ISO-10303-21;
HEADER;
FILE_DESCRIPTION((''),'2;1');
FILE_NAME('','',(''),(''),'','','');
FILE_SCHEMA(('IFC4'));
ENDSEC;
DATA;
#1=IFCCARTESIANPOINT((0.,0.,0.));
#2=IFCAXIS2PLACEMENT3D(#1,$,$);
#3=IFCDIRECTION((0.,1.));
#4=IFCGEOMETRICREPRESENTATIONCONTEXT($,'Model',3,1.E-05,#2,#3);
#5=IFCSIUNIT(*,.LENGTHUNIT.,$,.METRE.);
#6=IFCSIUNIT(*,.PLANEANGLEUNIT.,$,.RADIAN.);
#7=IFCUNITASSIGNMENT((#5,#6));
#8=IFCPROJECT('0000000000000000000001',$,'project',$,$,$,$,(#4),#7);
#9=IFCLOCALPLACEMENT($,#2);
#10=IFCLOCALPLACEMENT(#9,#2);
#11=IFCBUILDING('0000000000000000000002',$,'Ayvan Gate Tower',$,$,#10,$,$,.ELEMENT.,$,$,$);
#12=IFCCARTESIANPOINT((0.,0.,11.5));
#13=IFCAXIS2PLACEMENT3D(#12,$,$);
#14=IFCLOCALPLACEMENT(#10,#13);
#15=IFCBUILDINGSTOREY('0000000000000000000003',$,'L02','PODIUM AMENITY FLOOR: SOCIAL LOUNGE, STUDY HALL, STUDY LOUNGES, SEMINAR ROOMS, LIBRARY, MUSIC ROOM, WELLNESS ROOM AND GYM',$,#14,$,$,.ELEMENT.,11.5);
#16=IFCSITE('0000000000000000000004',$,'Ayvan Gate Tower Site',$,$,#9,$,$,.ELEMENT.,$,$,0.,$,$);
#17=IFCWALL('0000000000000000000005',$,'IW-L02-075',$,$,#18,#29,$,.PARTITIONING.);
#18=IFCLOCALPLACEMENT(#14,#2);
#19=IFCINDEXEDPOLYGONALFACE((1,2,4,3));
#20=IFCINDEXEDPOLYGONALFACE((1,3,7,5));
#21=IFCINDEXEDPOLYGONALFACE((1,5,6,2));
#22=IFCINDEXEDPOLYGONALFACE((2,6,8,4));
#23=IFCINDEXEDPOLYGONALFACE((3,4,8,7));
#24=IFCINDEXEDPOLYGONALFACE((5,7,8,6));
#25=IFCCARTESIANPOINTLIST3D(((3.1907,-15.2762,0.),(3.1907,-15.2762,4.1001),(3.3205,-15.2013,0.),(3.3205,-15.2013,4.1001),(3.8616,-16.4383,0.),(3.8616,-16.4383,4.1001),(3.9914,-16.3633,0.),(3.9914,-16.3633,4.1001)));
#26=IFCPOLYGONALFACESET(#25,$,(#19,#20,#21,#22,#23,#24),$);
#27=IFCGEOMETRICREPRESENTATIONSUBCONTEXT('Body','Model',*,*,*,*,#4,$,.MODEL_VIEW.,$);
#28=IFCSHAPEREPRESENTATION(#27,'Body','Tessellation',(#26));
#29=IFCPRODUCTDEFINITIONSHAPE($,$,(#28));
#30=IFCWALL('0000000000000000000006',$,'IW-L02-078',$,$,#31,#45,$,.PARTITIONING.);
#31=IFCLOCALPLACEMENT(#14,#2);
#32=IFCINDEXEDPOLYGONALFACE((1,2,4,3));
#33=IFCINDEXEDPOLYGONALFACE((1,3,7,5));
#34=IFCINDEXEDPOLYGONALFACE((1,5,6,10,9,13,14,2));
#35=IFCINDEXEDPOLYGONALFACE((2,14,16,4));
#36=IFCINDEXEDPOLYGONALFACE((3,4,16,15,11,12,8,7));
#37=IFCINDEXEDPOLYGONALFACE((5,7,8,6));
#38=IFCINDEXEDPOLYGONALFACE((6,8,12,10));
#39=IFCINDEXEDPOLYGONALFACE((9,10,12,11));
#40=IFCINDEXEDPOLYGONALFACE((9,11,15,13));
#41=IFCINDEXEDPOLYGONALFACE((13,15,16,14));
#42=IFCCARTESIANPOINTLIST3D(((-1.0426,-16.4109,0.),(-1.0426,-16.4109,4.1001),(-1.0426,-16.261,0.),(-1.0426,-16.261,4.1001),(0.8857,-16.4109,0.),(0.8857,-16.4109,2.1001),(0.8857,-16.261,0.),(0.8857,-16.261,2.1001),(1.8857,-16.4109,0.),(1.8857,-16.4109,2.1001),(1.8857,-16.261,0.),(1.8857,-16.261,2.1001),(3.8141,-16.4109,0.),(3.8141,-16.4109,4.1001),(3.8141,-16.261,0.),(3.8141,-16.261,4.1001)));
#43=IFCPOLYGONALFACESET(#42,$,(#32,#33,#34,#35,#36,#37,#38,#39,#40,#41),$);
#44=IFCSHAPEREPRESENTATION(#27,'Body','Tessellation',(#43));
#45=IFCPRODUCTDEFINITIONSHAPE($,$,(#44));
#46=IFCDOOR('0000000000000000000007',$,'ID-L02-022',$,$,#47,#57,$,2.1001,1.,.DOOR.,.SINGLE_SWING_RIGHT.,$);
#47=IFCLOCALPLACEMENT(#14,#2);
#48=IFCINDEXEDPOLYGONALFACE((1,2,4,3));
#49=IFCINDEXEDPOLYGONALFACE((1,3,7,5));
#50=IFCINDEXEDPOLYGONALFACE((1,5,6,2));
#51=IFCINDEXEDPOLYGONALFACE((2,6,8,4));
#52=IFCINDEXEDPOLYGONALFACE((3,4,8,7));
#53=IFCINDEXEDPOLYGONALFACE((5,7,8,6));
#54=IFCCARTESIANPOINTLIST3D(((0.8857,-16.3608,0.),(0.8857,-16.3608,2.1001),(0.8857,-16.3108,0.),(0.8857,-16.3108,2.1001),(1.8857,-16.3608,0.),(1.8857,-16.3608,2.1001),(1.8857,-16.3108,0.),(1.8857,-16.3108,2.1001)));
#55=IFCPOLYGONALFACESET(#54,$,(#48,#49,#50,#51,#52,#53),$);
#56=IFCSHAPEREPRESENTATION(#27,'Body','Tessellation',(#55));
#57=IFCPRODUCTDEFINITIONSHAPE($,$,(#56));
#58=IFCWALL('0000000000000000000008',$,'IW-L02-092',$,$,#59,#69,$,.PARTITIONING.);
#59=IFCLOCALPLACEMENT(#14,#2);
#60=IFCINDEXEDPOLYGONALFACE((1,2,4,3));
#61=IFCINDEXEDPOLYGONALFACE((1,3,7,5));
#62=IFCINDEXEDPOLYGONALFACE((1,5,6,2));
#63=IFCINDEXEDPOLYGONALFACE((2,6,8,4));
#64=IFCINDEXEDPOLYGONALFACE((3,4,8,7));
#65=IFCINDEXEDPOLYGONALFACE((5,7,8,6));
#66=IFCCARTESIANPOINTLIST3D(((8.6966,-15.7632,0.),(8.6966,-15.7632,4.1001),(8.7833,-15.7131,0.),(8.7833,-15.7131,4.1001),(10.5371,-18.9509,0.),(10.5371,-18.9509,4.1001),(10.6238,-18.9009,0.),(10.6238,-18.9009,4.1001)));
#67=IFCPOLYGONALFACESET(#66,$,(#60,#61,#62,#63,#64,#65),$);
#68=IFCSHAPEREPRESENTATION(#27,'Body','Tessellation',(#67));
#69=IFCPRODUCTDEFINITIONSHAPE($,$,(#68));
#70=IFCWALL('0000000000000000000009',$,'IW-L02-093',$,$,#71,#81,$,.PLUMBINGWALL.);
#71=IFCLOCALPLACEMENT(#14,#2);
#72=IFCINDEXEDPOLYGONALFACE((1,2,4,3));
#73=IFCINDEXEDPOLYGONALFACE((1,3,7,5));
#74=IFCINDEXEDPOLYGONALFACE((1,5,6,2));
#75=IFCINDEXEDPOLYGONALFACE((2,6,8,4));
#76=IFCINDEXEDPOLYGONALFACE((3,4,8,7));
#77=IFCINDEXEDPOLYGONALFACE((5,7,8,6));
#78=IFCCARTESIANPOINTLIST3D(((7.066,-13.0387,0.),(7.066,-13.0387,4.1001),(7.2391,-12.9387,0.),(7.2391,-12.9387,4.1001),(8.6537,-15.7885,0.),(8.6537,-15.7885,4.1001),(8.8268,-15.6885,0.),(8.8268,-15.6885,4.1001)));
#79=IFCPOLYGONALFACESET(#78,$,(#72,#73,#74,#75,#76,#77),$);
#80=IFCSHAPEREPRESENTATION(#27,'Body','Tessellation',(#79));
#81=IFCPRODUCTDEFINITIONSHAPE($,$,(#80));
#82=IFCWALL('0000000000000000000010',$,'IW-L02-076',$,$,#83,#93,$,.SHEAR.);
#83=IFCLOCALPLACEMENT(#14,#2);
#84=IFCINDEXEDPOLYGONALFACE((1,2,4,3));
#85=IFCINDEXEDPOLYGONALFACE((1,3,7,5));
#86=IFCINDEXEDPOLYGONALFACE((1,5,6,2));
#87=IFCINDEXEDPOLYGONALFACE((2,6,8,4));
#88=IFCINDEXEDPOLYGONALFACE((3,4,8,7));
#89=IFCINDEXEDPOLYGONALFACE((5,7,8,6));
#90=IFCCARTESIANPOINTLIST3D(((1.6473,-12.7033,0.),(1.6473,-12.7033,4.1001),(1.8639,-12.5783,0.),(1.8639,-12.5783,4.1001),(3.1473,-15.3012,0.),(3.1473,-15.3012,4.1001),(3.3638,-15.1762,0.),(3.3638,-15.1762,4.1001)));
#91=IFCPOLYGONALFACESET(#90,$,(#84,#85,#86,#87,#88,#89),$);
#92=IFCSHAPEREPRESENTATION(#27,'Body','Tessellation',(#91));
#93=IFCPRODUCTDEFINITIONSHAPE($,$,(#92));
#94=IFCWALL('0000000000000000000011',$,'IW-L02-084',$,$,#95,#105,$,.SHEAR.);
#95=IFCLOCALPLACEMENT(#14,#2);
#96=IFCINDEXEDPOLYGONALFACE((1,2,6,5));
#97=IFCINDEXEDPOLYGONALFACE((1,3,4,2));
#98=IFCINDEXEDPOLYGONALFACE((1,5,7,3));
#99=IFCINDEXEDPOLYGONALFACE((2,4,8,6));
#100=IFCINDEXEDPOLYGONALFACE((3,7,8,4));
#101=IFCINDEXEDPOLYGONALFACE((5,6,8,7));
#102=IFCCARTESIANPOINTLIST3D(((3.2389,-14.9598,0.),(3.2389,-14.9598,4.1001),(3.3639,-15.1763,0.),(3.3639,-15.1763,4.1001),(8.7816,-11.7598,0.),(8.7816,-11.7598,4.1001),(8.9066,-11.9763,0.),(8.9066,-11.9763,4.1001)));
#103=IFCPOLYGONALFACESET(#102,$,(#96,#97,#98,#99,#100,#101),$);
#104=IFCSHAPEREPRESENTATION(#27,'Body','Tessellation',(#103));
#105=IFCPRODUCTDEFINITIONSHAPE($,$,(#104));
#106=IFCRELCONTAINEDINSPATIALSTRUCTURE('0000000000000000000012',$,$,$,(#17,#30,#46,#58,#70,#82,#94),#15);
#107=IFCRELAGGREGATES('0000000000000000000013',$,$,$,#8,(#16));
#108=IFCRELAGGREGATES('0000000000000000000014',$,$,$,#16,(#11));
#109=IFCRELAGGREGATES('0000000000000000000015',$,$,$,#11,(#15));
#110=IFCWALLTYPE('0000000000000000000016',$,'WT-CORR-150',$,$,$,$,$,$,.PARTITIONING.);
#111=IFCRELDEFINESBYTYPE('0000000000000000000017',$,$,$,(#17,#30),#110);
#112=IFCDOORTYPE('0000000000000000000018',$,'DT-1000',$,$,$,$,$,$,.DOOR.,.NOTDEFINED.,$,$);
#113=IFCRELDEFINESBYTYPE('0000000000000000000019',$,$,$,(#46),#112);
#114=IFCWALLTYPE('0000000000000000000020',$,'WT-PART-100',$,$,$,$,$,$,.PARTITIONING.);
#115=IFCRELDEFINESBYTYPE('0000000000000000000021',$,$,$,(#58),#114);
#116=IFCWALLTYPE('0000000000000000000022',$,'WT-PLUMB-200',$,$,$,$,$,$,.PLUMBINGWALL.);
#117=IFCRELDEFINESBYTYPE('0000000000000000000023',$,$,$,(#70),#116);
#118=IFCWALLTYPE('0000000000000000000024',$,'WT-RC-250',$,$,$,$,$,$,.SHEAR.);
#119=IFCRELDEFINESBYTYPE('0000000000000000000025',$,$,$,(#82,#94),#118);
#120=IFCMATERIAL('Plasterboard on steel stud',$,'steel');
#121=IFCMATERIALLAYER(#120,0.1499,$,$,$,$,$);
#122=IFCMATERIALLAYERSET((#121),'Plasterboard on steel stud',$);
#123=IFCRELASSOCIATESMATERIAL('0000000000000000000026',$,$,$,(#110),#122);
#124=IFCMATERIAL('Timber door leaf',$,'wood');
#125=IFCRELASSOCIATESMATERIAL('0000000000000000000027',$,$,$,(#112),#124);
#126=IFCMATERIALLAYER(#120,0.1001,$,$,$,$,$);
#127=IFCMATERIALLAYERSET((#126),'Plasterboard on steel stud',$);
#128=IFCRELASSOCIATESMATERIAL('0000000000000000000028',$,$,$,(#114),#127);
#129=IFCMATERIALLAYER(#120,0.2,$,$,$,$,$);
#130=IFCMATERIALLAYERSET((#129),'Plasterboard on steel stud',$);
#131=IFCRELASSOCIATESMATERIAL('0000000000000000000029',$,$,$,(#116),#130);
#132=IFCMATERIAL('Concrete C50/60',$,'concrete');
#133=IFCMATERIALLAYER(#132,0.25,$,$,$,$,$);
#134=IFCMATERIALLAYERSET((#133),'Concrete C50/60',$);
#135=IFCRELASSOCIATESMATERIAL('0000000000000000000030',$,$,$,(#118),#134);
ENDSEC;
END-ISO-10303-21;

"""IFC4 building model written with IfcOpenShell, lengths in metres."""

from ifc_helpers import new_model, si_unit, direction, frame, frame_2d, origin, place, context, subcontext, project, spatial, rectangle, extrude, material, layer, layer_set, type_object, element, fill, save


model = new_model("IFC4")

# Units and contexts
model_context = context("Model", 3, precision=1e-05, world=origin(), true_north=direction((0.0, 1.0)))
body_context = subcontext(model_context, "Body", "Model", "MODEL_VIEW")
ifc_project = project(units=[si_unit("LENGTHUNIT", "METRE"), si_unit("PLANEANGLEUNIT", "RADIAN")], contexts=[model_context])

# Site, building, storey
site_placement = place(None, origin())
site = spatial("IfcSite", under=ifc_project, at=site_placement, Name="Ayvan Gate Tower Site", CompositionType="ELEMENT", RefElevation=0.0)
building_placement = place(site_placement, origin())
building = spatial("IfcBuilding", under=site, at=building_placement, Name="Ayvan Gate Tower", CompositionType="ELEMENT")
storey_placement = place(building_placement, frame((0.0, 0.0, 11.5)))
storey = spatial("IfcBuildingStorey", under=building, at=storey_placement, Name="L02", Description="PODIUM AMENITY FLOOR: SOCIAL LOUNGE, STUDY HALL, STUDY LOUNGES, SEMINAR ROOMS, LIBRARY, MUSIC ROOM, WELLNESS ROOM AND GYM", CompositionType="ELEMENT", Elevation=11.5)

# Wall
ifc_material_1 = material(Name="Plasterboard on steel stud", Category="steel")
ifc_layer_1 = layer(ifc_material_1, 0.1499)
ifc_layer_set_1 = layer_set([ifc_layer_1], Name="Plasterboard on steel stud")
wall_type_1 = type_object("IfcWallType", Name="WT-CORR-150", PredefinedType="PARTITIONING", material=ifc_layer_set_1)
wall_1_placement = place(storey_placement, frame((3.2556, -15.2388, 0.0), z_axis=(0.0, 0.0, 1.0), x_axis=(0.499974, -0.86604, 0.0)))
element("IfcWall", 1, at=wall_1_placement, inside=storey, type_object=wall_type_1, Name="IW-L02-075", PredefinedType="PARTITIONING", context=body_context, shape_type="SweptSolid", body=[
    extrude(rectangle(XDim=1.3418, YDim=0.1499, at=frame_2d((0.6709, 0.0))), origin(), (0.0, 0.0, 1.0), 4.1001),
])

# Wall, opening, door
wall_2_placement = place(storey_placement, frame((3.814, -16.3359, 0.0), z_axis=(0.0, 0.0, 1.0), x_axis=(-1.0, 0.0, 0.0)))
wall_2 = element("IfcWall", 2, at=wall_2_placement, inside=storey, type_object=wall_type_1, Name="IW-L02-078", PredefinedType="PARTITIONING", context=body_context, shape_type="SweptSolid", body=[
    extrude(rectangle(XDim=4.8567, YDim=0.1499, at=frame_2d((2.4282, 0.0))), origin(), (0.0, 0.0, 1.0), 4.1001),
])
opening_placement = place(wall_2_placement, frame((1.9282, 0.0, 0.0)))
opening = element("IfcOpeningElement", 3, at=opening_placement, cuts=wall_2, PredefinedType="OPENING", context=body_context, shape_type="SweptSolid", body=[
    extrude(rectangle(XDim=1.0, YDim=2.1001, at=frame_2d((0.5, 1.05))), frame((0.0, 0.085, 0.0), z_axis=(0.0, -1.0, 0.0), x_axis=(1.0, 0.0, 0.0)), (0.0, 0.0, 1.0), 0.1699),
])
ifc_material_2 = material(Name="Timber door leaf", Category="wood")
door_type = type_object("IfcDoorType", Name="DT-1000", OperationType="NOTDEFINED", PredefinedType="DOOR", material=ifc_material_2)
door_placement = place(opening_placement, origin())
door = element("IfcDoor", 4, at=door_placement, inside=storey, type_object=door_type, Name="ID-L02-022", OperationType="SINGLE_SWING_RIGHT", OverallHeight=2.1001, OverallWidth=1.0, PredefinedType="DOOR", context=body_context, shape_type="SweptSolid", body=[
    extrude(rectangle(XDim=1.0, YDim=2.1001, at=frame_2d((0.5, 1.05))), frame((0.0, 0.0249, 0.0), z_axis=(0.0, -1.0, 0.0), x_axis=(1.0, 0.0, 0.0)), (0.0, 0.0, 1.0), 0.05),
])
fill(opening, door)

# Walls
ifc_layer_2 = layer(ifc_material_1, 0.1001)
ifc_layer_set_2 = layer_set([ifc_layer_2], Name="Plasterboard on steel stud")
wall_type_2 = type_object("IfcWallType", Name="WT-PART-100", PredefinedType="PARTITIONING", material=ifc_layer_set_2)
wall_3_placement = place(storey_placement, frame((8.74, -15.7383, 0.0), z_axis=(0.0, 0.0, 1.0), x_axis=(0.500027, -0.86601, 0.0)))
element("IfcWall", 5, at=wall_3_placement, inside=storey, type_object=wall_type_2, Name="IW-L02-092", PredefinedType="PARTITIONING", context=body_context, shape_type="SweptSolid", body=[
    extrude(rectangle(XDim=3.6809, YDim=0.1001, at=frame_2d((1.8403, 0.0))), origin(), (0.0, 0.0, 1.0), 4.1001),
])
ifc_layer_3 = layer(ifc_material_1, 0.2)
ifc_layer_set_3 = layer_set([ifc_layer_3], Name="Plasterboard on steel stud")
wall_type_3 = type_object("IfcWallType", Name="WT-PLUMB-200", PredefinedType="PLUMBINGWALL", material=ifc_layer_set_3)
wall_4_placement = place(storey_placement, frame((8.7402, -15.7385, 0.0), z_axis=(0.0, 0.0, 1.0), x_axis=(-0.500018, 0.866015, 0.0)))
element("IfcWall", 6, at=wall_4_placement, inside=storey, type_object=wall_type_3, Name="IW-L02-093", PredefinedType="PLUMBINGWALL", context=body_context, shape_type="SweptSolid", body=[
    extrude(rectangle(XDim=3.1753, YDim=0.2, at=frame_2d((1.5876, 0.0))), origin(), (0.0, 0.0, 1.0), 4.1001),
])
ifc_material_3 = material(Name="Concrete C50/60", Category="concrete")
ifc_layer_4 = layer(ifc_material_3, 0.25)
ifc_layer_set_4 = layer_set([ifc_layer_4], Name="Concrete C50/60")
wall_type_4 = type_object("IfcWallType", Name="WT-RC-250", PredefinedType="SHEAR", material=ifc_layer_set_4)
wall_5_placement = place(storey_placement, frame((3.2556, -15.2388, 0.0), z_axis=(0.0, 0.0, 1.0), x_axis=(-0.500025, 0.866011, 0.0)))
element("IfcWall", 7, at=wall_5_placement, inside=storey, type_object=wall_type_4, Name="IW-L02-076", PredefinedType="SHEAR", context=body_context, shape_type="SweptSolid", body=[
    extrude(rectangle(XDim=2.9998, YDim=0.25, at=frame_2d((1.5, 0.0))), origin(), (0.0, 0.0, 1.0), 4.1001),
])
wall_6_placement = place(storey_placement, frame((3.3013, -15.0681, 0.0), z_axis=(0.0, 0.0, 1.0), x_axis=(0.866035, 0.499983, 0.0)))
element("IfcWall", 8, at=wall_6_placement, inside=storey, type_object=wall_type_4, Name="IW-L02-084", PredefinedType="SHEAR", context=body_context, shape_type="SweptSolid", body=[
    extrude(rectangle(XDim=6.4001, YDim=0.25, at=frame_2d((3.2002, 0.0))), origin(), (0.0, 0.0, 1.0), 4.1001),
])

save(model, "model.ifc")
